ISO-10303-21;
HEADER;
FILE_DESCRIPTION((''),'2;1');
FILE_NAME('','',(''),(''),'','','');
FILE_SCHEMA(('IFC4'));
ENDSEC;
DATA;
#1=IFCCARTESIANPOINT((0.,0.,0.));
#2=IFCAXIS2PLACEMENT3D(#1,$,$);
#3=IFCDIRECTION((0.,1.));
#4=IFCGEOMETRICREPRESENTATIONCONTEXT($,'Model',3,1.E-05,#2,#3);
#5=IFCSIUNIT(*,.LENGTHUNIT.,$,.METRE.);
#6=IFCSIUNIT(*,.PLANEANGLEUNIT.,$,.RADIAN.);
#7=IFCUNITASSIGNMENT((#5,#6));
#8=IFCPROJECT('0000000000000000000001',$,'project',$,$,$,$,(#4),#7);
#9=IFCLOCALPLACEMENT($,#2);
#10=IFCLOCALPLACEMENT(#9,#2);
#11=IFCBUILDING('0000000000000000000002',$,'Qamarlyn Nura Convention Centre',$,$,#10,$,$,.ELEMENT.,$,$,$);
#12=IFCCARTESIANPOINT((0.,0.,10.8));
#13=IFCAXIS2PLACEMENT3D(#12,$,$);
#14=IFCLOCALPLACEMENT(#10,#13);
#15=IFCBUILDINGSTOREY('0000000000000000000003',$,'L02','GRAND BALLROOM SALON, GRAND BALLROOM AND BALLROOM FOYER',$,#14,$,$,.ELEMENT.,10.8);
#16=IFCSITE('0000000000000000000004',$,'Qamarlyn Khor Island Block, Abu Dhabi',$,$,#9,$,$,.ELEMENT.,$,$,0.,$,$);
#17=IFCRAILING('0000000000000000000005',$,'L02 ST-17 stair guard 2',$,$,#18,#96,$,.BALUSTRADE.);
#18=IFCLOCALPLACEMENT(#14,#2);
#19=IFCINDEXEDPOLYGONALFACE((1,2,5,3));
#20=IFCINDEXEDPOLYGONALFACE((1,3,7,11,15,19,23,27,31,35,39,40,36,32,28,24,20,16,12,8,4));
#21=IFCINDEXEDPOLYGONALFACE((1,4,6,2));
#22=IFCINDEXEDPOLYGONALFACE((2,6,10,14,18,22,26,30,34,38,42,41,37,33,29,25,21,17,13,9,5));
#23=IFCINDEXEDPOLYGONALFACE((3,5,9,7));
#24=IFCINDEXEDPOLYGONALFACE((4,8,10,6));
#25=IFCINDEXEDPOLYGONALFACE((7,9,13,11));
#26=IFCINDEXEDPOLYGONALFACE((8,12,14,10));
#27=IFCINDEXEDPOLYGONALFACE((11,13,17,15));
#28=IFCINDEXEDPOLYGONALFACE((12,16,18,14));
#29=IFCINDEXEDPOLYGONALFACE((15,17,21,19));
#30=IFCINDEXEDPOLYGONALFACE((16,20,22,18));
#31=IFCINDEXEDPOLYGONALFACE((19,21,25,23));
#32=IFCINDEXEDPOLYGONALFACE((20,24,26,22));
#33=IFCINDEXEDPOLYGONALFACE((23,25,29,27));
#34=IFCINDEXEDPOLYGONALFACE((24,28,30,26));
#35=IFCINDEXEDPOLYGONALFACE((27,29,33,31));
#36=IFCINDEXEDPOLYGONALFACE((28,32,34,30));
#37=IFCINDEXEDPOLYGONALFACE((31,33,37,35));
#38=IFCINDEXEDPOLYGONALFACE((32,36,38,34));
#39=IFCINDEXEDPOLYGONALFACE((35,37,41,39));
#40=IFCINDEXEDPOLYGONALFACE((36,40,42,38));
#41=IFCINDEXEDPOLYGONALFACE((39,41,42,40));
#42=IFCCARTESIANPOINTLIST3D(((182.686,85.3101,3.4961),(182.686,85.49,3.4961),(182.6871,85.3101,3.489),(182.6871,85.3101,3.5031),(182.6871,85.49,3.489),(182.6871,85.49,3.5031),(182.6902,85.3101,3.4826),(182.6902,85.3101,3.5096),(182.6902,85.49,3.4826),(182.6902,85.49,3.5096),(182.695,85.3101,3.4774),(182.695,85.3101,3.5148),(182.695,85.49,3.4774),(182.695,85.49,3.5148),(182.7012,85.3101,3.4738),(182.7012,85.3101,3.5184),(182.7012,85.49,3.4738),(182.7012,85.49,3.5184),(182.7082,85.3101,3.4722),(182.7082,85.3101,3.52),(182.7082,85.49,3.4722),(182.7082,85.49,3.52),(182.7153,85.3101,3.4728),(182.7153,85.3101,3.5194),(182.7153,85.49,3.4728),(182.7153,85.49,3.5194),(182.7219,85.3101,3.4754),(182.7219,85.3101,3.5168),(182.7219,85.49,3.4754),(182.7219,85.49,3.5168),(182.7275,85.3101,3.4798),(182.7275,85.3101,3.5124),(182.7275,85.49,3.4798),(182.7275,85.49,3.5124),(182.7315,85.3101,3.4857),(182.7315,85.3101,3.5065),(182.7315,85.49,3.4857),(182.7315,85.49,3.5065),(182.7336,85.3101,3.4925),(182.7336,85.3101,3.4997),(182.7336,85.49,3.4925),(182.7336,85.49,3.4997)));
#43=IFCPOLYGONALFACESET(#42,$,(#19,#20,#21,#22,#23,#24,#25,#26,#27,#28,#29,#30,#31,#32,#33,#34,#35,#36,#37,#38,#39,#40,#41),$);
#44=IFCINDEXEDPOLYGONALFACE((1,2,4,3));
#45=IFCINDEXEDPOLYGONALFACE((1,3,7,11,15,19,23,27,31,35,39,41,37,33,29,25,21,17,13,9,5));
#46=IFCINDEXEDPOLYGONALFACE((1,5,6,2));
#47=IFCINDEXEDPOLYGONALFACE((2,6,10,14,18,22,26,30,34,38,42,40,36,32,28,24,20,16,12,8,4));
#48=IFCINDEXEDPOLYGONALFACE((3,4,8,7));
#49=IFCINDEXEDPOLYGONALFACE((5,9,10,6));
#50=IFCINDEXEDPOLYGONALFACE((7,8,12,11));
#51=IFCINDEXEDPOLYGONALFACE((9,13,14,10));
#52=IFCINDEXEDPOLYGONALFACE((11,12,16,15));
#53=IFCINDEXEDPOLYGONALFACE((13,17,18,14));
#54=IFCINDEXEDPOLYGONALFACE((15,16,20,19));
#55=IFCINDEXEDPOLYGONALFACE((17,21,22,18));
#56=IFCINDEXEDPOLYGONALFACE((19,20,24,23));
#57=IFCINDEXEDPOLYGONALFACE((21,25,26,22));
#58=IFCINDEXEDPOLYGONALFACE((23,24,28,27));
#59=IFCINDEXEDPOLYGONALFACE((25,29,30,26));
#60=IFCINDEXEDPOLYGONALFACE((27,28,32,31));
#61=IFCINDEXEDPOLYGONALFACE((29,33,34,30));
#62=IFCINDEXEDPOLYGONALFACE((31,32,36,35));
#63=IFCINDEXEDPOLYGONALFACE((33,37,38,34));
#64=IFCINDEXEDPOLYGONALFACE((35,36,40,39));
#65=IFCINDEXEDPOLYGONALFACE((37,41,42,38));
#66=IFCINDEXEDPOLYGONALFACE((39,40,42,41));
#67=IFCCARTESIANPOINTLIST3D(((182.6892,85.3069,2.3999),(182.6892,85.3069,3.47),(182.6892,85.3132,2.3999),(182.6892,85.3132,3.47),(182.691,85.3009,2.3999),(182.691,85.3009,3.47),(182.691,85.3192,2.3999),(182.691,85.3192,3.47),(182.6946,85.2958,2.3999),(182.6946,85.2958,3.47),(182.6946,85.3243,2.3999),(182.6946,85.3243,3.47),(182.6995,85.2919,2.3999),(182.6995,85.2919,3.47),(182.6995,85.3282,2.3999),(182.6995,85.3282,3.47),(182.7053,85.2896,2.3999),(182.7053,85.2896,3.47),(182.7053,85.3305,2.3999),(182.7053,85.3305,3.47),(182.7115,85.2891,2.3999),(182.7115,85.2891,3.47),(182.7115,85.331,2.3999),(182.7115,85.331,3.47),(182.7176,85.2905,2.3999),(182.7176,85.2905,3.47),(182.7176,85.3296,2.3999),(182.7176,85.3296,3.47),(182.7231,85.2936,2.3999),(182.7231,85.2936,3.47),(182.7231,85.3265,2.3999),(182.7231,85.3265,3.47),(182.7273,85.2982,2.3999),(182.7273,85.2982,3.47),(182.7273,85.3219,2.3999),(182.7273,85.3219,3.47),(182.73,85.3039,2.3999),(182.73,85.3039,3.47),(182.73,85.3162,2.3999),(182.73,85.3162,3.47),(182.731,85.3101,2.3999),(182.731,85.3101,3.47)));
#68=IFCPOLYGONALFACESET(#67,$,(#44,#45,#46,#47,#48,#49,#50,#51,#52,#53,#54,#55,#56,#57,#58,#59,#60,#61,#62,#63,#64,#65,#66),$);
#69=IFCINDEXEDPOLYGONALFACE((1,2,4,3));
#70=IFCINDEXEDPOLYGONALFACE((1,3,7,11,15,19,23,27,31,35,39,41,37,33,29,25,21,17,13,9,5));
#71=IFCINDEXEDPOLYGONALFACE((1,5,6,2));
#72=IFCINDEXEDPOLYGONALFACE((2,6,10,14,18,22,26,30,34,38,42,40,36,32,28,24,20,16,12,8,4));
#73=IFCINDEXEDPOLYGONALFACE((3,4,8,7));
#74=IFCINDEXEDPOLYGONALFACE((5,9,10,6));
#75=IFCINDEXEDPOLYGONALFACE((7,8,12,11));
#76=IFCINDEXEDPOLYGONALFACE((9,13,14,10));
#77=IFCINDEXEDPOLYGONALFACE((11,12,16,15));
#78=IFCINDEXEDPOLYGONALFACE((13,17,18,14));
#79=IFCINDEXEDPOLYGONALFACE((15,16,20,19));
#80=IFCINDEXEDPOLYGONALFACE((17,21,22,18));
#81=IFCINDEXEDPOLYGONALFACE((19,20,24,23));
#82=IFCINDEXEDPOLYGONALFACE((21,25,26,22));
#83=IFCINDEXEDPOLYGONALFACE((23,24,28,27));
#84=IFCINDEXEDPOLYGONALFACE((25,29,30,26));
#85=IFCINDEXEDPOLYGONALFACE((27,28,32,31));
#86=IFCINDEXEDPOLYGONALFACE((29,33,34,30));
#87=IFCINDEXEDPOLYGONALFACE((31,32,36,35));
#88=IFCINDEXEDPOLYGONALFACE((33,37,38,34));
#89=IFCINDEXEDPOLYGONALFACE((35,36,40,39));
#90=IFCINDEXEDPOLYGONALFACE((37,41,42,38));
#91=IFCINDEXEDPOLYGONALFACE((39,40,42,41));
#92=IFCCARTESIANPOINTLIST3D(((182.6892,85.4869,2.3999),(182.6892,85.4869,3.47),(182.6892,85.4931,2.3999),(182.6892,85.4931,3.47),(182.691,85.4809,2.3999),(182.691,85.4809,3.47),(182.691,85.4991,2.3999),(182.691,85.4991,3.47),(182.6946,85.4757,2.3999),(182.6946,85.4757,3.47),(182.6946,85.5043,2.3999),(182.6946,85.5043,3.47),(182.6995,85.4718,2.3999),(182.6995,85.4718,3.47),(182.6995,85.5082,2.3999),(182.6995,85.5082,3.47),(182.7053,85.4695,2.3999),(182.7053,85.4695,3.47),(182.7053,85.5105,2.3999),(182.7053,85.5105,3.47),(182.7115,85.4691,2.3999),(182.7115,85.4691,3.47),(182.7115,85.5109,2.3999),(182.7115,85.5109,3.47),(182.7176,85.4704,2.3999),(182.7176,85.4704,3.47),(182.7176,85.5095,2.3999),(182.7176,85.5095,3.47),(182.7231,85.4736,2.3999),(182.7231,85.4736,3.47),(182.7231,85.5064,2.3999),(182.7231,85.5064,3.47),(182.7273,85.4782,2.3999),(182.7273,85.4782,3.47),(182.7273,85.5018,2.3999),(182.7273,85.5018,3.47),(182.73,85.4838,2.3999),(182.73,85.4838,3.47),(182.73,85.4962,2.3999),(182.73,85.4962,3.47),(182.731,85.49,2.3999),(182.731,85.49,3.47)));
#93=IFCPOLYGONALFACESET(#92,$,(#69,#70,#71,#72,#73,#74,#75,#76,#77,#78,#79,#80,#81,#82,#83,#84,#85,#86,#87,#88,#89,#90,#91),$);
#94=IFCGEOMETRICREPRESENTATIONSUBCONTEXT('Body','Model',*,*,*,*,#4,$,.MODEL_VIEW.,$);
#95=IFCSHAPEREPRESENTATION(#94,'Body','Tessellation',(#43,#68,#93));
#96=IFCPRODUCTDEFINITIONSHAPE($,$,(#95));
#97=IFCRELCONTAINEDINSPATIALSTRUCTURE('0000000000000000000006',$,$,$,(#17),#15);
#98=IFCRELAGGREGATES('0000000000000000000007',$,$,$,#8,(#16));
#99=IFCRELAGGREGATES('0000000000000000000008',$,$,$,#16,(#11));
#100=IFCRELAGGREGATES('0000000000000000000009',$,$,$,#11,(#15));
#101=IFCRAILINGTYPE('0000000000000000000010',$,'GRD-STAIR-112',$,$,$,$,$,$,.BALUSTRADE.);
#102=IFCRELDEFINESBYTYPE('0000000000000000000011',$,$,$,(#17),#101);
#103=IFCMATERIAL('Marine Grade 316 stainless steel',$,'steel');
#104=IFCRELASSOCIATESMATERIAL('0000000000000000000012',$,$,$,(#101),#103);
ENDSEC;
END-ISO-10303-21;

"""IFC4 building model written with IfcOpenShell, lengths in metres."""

from ifc_helpers import new_model, si_unit, direction, frame, origin, origin_2d, place, context, subcontext, project, spatial, circle, extrude, material, type_object, element, save


model = new_model("IFC4")

# Units and contexts
model_context = context("Model", 3, precision=1e-05, world=origin(), true_north=direction((0.0, 1.0)))
body_context = subcontext(model_context, "Body", "Model", "MODEL_VIEW")
ifc_project = project(units=[si_unit("LENGTHUNIT", "METRE"), si_unit("PLANEANGLEUNIT", "RADIAN")], contexts=[model_context])

# Site, building, storey
site_placement = place(None, origin())
site = spatial("IfcSite", under=ifc_project, at=site_placement, Name="Qamarlyn Khor Island Block, Abu Dhabi", CompositionType="ELEMENT", RefElevation=0.0)
building_placement = place(site_placement, origin())
building = spatial("IfcBuilding", under=site, at=building_placement, Name="Qamarlyn Nura Convention Centre", CompositionType="ELEMENT")
storey_placement = place(building_placement, frame((0.0, 0.0, 10.8)))
storey = spatial("IfcBuildingStorey", under=building, at=storey_placement, Name="L02", Description="GRAND BALLROOM SALON, GRAND BALLROOM AND BALLROOM FOYER", CompositionType="ELEMENT", Elevation=10.8)

# Railing
ifc_material_1 = material(Name="Marine Grade 316 stainless steel", Category="steel")
railing_type_1 = type_object("IfcRailingType", Name="GRD-STAIR-112", PredefinedType="BALUSTRADE", material=ifc_material_1)
railing_1_placement = place(storey_placement, frame((182.71, 85.3101, 2.3999)))
element("IfcRailing", 1, at=railing_1_placement, inside=storey, type_object=railing_type_1, Name="L02 ST-17 stair guard 2", PredefinedType="BALUSTRADE", context=body_context, shape_type="SweptSolid", body=[
    extrude(circle(Radius=0.0239, at=origin_2d()), frame((0.0, 0.0, 1.0962), z_axis=(0.0, 1.0, 0.0), x_axis=(-1.0, 0.0, 0.0)), (0.0, 0.0, 1.0), 0.1799),
    extrude(circle(Radius=0.021, at=origin_2d()), origin(), (0.0, 0.0, 1.0), 1.0701),
    extrude(circle(Radius=0.021, at=origin_2d()), frame((0.0, 0.1799, 0.0)), (0.0, 0.0, 1.0), 1.0701),
])

save(model, "model.ifc")
